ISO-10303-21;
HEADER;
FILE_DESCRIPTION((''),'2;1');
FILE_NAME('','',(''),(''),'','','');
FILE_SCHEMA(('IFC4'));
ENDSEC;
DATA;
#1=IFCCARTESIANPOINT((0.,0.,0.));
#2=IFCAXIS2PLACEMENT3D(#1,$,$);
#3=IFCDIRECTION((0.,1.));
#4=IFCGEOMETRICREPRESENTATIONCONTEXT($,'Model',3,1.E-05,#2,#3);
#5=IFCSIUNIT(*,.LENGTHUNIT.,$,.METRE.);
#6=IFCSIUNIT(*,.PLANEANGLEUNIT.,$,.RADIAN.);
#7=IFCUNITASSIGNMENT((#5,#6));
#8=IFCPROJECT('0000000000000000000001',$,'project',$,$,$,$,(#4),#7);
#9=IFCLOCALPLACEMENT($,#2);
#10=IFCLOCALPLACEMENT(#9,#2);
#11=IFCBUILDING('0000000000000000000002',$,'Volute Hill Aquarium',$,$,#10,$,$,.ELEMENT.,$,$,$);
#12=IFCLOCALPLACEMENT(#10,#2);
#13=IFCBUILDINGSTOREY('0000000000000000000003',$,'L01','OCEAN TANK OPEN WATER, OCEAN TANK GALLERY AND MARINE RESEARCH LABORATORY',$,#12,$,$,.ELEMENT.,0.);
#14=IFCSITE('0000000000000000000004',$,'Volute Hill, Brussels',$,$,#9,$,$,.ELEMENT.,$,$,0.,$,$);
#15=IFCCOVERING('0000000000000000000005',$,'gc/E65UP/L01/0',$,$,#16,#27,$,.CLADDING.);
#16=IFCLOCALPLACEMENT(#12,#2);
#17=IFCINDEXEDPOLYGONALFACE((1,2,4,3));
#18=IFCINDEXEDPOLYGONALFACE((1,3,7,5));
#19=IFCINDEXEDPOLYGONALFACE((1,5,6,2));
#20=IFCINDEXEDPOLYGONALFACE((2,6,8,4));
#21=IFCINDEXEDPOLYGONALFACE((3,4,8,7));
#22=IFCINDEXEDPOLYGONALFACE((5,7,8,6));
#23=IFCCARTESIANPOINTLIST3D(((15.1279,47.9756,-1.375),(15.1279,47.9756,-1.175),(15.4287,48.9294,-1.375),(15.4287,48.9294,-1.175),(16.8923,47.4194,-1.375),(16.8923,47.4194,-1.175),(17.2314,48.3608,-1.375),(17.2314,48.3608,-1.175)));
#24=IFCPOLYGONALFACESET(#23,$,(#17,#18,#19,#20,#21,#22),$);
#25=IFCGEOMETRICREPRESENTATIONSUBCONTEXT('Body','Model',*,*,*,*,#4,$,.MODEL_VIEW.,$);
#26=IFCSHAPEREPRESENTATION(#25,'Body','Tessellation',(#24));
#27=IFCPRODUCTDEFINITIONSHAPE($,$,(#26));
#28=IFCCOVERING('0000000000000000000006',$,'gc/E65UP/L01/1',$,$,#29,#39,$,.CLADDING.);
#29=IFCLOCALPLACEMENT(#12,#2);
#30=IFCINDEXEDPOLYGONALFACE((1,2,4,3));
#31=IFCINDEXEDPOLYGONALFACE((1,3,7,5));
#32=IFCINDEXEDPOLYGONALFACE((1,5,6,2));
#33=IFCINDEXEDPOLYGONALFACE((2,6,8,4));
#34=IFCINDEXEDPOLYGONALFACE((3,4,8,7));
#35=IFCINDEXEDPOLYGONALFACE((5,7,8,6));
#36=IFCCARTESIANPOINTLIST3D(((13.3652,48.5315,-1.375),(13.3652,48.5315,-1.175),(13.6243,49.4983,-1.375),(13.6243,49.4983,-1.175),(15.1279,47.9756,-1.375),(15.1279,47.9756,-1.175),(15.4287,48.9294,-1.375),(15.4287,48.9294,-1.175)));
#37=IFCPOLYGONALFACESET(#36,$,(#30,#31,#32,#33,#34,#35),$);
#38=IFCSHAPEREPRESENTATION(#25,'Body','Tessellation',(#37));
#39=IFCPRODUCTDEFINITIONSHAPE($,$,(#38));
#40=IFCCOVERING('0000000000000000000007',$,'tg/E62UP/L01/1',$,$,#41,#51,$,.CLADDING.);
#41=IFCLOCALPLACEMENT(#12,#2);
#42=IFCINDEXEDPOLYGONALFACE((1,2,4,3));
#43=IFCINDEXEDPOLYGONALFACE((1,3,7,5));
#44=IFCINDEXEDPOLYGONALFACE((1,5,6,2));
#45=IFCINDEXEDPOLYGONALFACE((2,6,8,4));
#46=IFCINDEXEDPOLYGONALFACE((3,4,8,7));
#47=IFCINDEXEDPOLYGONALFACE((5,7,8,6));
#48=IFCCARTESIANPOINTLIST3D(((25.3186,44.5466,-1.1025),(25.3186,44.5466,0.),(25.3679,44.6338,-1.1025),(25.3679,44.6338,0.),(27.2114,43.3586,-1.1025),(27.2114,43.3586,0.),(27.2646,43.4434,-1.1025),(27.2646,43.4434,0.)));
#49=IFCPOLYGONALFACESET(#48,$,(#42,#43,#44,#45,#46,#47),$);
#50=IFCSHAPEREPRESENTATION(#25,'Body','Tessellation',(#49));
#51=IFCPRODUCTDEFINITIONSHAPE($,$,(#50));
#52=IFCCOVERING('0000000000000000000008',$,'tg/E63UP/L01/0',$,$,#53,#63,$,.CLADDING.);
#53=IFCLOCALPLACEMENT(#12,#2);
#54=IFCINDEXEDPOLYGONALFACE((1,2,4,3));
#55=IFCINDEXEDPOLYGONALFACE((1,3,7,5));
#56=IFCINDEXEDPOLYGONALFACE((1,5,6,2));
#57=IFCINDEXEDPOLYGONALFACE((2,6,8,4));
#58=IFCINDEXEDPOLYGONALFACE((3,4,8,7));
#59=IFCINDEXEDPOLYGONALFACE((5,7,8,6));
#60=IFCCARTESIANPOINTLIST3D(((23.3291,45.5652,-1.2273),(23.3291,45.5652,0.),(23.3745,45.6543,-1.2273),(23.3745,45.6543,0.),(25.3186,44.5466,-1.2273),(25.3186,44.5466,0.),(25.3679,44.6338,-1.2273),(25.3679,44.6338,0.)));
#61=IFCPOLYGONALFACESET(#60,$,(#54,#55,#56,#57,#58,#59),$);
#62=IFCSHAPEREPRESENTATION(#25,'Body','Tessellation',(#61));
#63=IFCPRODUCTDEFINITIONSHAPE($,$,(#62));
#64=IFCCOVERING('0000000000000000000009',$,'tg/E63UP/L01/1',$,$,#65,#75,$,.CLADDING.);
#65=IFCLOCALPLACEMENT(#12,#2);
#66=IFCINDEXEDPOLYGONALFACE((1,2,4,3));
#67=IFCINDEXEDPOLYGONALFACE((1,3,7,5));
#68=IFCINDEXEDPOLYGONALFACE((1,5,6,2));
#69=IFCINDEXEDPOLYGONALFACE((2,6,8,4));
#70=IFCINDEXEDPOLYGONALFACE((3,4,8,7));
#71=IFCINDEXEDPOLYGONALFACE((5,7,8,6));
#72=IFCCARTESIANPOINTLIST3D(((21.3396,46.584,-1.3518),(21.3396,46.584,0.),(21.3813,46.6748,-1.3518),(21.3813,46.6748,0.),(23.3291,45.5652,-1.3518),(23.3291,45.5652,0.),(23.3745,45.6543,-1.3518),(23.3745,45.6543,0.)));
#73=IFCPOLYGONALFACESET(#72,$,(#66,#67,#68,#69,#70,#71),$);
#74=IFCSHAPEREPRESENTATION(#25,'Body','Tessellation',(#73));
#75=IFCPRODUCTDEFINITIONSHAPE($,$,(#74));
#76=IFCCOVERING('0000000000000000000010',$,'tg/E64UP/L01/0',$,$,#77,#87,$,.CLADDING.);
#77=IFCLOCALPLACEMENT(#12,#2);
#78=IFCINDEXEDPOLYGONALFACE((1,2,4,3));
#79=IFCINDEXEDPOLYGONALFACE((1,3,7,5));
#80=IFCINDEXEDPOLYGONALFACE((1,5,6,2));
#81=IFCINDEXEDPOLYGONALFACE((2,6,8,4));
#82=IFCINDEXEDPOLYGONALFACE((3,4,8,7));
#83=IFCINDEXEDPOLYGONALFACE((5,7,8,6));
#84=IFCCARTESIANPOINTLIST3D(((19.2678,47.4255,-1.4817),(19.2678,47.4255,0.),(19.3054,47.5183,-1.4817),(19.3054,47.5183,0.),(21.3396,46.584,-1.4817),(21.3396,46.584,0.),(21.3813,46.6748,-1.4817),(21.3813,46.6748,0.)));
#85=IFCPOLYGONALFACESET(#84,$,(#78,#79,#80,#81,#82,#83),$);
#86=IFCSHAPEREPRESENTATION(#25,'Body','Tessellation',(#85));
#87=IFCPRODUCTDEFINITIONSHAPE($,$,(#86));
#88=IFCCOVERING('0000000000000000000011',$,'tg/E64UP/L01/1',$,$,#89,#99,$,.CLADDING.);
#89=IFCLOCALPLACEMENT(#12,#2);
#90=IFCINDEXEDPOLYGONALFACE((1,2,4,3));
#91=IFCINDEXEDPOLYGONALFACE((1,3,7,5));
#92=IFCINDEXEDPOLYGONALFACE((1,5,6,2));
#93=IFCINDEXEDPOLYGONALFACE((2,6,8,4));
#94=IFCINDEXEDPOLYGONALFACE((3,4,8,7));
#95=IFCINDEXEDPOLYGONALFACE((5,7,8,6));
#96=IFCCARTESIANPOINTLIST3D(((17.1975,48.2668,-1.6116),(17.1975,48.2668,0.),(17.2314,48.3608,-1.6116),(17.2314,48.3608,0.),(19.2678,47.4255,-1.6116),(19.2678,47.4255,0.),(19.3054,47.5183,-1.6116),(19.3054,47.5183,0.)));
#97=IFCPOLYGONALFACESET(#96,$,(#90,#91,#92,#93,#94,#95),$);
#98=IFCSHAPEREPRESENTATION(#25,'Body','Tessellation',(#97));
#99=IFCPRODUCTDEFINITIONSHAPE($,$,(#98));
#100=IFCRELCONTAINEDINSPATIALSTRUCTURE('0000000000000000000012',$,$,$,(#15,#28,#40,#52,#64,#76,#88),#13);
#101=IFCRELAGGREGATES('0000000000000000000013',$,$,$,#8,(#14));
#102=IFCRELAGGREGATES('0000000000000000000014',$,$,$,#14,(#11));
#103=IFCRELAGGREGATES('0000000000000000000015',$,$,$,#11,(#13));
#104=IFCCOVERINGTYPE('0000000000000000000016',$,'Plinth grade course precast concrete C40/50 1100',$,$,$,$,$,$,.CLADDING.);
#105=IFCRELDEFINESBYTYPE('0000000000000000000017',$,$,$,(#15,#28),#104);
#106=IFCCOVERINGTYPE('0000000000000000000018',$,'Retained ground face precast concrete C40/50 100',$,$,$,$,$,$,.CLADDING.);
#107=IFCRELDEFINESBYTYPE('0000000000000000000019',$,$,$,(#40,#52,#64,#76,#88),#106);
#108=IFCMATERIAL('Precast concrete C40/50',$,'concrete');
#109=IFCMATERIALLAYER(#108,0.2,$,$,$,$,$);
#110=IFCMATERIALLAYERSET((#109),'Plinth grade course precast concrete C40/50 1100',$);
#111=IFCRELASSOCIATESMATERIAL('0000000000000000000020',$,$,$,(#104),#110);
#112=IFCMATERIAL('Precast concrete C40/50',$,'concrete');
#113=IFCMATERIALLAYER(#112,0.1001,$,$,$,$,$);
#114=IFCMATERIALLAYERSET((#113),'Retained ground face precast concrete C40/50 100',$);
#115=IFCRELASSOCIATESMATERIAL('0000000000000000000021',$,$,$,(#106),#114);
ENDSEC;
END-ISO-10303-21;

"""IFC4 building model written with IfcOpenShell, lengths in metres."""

from ifc_helpers import new_model, si_unit, direction, frame, origin, place, context, subcontext, project, spatial, polyline, outline, extrude, material, layer, layer_set, type_object, element, save


model = new_model("IFC4")

# Units and contexts
model_context = context("Model", 3, precision=1e-05, world=origin(), true_north=direction((0.0, 1.0)))
body_context = subcontext(model_context, "Body", "Model", "MODEL_VIEW")
ifc_project = project(units=[si_unit("LENGTHUNIT", "METRE"), si_unit("PLANEANGLEUNIT", "RADIAN")], contexts=[model_context])

# Site, building, storey
site_placement = place(None, origin())
site = spatial("IfcSite", under=ifc_project, at=site_placement, Name="Volute Hill, Brussels", CompositionType="ELEMENT", RefElevation=0.0)
building_placement = place(site_placement, origin())
building = spatial("IfcBuilding", under=site, at=building_placement, Name="Volute Hill Aquarium", CompositionType="ELEMENT")
storey_placement = place(building_placement, origin())
storey = spatial("IfcBuildingStorey", under=building, at=storey_placement, Name="L01", Description="OCEAN TANK OPEN WATER, OCEAN TANK GALLERY AND MARINE RESEARCH LABORATORY", CompositionType="ELEMENT", Elevation=0.0)

# Coverings
ifc_material_1 = material(Name="Precast concrete C40/50", Category="concrete")
ifc_layer_1 = layer(ifc_material_1, 0.2)
ifc_layer_set_1 = layer_set([ifc_layer_1], Name="Plinth grade course precast concrete C40/50 1100")
covering_type_1 = type_object("IfcCoveringType", Name="Plinth grade course precast concrete C40/50 1100", PredefinedType="CLADDING", material=ifc_layer_set_1)
covering_1_placement = place(storey_placement, frame((0.0, 0.0, -1.375)))
element("IfcCovering", 1, at=covering_1_placement, inside=storey, type_object=covering_type_1, Name="gc/E65UP/L01/0", PredefinedType="CLADDING", context=body_context, shape_type="SweptSolid", body=[
    extrude(outline(polyline([(17.2314, 48.3608), (15.4287, 48.9294), (15.1279, 47.9756), (16.8923, 47.4194), (17.2314, 48.3608)])), origin(), (0.0, 0.0, 1.0), 0.2),
])
covering_2_placement = place(storey_placement, frame((0.0, 0.0, -1.375)))
element("IfcCovering", 2, at=covering_2_placement, inside=storey, type_object=covering_type_1, Name="gc/E65UP/L01/1", PredefinedType="CLADDING", context=body_context, shape_type="SweptSolid", body=[
    extrude(outline(polyline([(15.4287, 48.9294), (13.6243, 49.4983), (13.3652, 48.5315), (13.3652, 48.5315), (15.1279, 47.9756), (15.4287, 48.9294)])), origin(), (0.0, 0.0, 1.0), 0.2),
])
ifc_material_2 = material(Name="Precast concrete C40/50", Category="concrete")
ifc_layer_2 = layer(ifc_material_2, 0.1001)
ifc_layer_set_2 = layer_set([ifc_layer_2], Name="Retained ground face precast concrete C40/50 100")
covering_type_2 = type_object("IfcCoveringType", Name="Retained ground face precast concrete C40/50 100", PredefinedType="CLADDING", material=ifc_layer_set_2)
covering_3_placement = place(storey_placement, frame((0.0, 0.0, -1.1025)))
element("IfcCovering", 3, at=covering_3_placement, inside=storey, type_object=covering_type_2, Name="tg/E62UP/L01/1", PredefinedType="CLADDING", context=body_context, shape_type="SweptSolid", body=[
    extrude(outline(polyline([(27.2646, 43.4434), (25.3679, 44.6338), (25.3186, 44.5466), (27.2114, 43.3586), (27.2646, 43.4434)])), origin(), (0.0, 0.0, 1.0), 1.1025),
])
covering_4_placement = place(storey_placement, frame((0.0, 0.0, -1.2273)))
element("IfcCovering", 4, at=covering_4_placement, inside=storey, type_object=covering_type_2, Name="tg/E63UP/L01/0", PredefinedType="CLADDING", context=body_context, shape_type="SweptSolid", body=[
    extrude(outline(polyline([(25.3679, 44.6338), (23.3745, 45.6543), (23.3291, 45.5652), (25.3186, 44.5466), (25.3186, 44.5466), (25.3679, 44.6338), (25.3679, 44.6338)])), origin(), (0.0, 0.0, 1.0), 1.2273),
])
covering_5_placement = place(storey_placement, frame((0.0, 0.0, -1.3518)))
element("IfcCovering", 5, at=covering_5_placement, inside=storey, type_object=covering_type_2, Name="tg/E63UP/L01/1", PredefinedType="CLADDING", context=body_context, shape_type="SweptSolid", body=[
    extrude(outline(polyline([(23.3745, 45.6543), (21.3813, 46.6748), (21.3396, 46.584), (23.3291, 45.5652), (23.3745, 45.6543)])), origin(), (0.0, 0.0, 1.0), 1.3518),
])
covering_6_placement = place(storey_placement, frame((0.0, 0.0, -1.4817)))
element("IfcCovering", 6, at=covering_6_placement, inside=storey, type_object=covering_type_2, Name="tg/E64UP/L01/0", PredefinedType="CLADDING", context=body_context, shape_type="SweptSolid", body=[
    extrude(outline(polyline([(21.3813, 46.6748), (19.3054, 47.5183), (19.2678, 47.4255), (21.3396, 46.584), (21.3396, 46.584), (21.3813, 46.6748), (21.3813, 46.6748)])), origin(), (0.0, 0.0, 1.0), 1.4817),
])
covering_7_placement = place(storey_placement, frame((0.0, 0.0, -1.6116)))
element("IfcCovering", 7, at=covering_7_placement, inside=storey, type_object=covering_type_2, Name="tg/E64UP/L01/1", PredefinedType="CLADDING", context=body_context, shape_type="SweptSolid", body=[
    extrude(outline(polyline([(17.2314, 48.3608), (17.2314, 48.3608), (17.1975, 48.2668), (17.1975, 48.2668), (19.2678, 47.4255), (19.3054, 47.5183), (17.2314, 48.3608)])), origin(), (0.0, 0.0, 1.0), 1.6116),
])

save(model, "model.ifc")
